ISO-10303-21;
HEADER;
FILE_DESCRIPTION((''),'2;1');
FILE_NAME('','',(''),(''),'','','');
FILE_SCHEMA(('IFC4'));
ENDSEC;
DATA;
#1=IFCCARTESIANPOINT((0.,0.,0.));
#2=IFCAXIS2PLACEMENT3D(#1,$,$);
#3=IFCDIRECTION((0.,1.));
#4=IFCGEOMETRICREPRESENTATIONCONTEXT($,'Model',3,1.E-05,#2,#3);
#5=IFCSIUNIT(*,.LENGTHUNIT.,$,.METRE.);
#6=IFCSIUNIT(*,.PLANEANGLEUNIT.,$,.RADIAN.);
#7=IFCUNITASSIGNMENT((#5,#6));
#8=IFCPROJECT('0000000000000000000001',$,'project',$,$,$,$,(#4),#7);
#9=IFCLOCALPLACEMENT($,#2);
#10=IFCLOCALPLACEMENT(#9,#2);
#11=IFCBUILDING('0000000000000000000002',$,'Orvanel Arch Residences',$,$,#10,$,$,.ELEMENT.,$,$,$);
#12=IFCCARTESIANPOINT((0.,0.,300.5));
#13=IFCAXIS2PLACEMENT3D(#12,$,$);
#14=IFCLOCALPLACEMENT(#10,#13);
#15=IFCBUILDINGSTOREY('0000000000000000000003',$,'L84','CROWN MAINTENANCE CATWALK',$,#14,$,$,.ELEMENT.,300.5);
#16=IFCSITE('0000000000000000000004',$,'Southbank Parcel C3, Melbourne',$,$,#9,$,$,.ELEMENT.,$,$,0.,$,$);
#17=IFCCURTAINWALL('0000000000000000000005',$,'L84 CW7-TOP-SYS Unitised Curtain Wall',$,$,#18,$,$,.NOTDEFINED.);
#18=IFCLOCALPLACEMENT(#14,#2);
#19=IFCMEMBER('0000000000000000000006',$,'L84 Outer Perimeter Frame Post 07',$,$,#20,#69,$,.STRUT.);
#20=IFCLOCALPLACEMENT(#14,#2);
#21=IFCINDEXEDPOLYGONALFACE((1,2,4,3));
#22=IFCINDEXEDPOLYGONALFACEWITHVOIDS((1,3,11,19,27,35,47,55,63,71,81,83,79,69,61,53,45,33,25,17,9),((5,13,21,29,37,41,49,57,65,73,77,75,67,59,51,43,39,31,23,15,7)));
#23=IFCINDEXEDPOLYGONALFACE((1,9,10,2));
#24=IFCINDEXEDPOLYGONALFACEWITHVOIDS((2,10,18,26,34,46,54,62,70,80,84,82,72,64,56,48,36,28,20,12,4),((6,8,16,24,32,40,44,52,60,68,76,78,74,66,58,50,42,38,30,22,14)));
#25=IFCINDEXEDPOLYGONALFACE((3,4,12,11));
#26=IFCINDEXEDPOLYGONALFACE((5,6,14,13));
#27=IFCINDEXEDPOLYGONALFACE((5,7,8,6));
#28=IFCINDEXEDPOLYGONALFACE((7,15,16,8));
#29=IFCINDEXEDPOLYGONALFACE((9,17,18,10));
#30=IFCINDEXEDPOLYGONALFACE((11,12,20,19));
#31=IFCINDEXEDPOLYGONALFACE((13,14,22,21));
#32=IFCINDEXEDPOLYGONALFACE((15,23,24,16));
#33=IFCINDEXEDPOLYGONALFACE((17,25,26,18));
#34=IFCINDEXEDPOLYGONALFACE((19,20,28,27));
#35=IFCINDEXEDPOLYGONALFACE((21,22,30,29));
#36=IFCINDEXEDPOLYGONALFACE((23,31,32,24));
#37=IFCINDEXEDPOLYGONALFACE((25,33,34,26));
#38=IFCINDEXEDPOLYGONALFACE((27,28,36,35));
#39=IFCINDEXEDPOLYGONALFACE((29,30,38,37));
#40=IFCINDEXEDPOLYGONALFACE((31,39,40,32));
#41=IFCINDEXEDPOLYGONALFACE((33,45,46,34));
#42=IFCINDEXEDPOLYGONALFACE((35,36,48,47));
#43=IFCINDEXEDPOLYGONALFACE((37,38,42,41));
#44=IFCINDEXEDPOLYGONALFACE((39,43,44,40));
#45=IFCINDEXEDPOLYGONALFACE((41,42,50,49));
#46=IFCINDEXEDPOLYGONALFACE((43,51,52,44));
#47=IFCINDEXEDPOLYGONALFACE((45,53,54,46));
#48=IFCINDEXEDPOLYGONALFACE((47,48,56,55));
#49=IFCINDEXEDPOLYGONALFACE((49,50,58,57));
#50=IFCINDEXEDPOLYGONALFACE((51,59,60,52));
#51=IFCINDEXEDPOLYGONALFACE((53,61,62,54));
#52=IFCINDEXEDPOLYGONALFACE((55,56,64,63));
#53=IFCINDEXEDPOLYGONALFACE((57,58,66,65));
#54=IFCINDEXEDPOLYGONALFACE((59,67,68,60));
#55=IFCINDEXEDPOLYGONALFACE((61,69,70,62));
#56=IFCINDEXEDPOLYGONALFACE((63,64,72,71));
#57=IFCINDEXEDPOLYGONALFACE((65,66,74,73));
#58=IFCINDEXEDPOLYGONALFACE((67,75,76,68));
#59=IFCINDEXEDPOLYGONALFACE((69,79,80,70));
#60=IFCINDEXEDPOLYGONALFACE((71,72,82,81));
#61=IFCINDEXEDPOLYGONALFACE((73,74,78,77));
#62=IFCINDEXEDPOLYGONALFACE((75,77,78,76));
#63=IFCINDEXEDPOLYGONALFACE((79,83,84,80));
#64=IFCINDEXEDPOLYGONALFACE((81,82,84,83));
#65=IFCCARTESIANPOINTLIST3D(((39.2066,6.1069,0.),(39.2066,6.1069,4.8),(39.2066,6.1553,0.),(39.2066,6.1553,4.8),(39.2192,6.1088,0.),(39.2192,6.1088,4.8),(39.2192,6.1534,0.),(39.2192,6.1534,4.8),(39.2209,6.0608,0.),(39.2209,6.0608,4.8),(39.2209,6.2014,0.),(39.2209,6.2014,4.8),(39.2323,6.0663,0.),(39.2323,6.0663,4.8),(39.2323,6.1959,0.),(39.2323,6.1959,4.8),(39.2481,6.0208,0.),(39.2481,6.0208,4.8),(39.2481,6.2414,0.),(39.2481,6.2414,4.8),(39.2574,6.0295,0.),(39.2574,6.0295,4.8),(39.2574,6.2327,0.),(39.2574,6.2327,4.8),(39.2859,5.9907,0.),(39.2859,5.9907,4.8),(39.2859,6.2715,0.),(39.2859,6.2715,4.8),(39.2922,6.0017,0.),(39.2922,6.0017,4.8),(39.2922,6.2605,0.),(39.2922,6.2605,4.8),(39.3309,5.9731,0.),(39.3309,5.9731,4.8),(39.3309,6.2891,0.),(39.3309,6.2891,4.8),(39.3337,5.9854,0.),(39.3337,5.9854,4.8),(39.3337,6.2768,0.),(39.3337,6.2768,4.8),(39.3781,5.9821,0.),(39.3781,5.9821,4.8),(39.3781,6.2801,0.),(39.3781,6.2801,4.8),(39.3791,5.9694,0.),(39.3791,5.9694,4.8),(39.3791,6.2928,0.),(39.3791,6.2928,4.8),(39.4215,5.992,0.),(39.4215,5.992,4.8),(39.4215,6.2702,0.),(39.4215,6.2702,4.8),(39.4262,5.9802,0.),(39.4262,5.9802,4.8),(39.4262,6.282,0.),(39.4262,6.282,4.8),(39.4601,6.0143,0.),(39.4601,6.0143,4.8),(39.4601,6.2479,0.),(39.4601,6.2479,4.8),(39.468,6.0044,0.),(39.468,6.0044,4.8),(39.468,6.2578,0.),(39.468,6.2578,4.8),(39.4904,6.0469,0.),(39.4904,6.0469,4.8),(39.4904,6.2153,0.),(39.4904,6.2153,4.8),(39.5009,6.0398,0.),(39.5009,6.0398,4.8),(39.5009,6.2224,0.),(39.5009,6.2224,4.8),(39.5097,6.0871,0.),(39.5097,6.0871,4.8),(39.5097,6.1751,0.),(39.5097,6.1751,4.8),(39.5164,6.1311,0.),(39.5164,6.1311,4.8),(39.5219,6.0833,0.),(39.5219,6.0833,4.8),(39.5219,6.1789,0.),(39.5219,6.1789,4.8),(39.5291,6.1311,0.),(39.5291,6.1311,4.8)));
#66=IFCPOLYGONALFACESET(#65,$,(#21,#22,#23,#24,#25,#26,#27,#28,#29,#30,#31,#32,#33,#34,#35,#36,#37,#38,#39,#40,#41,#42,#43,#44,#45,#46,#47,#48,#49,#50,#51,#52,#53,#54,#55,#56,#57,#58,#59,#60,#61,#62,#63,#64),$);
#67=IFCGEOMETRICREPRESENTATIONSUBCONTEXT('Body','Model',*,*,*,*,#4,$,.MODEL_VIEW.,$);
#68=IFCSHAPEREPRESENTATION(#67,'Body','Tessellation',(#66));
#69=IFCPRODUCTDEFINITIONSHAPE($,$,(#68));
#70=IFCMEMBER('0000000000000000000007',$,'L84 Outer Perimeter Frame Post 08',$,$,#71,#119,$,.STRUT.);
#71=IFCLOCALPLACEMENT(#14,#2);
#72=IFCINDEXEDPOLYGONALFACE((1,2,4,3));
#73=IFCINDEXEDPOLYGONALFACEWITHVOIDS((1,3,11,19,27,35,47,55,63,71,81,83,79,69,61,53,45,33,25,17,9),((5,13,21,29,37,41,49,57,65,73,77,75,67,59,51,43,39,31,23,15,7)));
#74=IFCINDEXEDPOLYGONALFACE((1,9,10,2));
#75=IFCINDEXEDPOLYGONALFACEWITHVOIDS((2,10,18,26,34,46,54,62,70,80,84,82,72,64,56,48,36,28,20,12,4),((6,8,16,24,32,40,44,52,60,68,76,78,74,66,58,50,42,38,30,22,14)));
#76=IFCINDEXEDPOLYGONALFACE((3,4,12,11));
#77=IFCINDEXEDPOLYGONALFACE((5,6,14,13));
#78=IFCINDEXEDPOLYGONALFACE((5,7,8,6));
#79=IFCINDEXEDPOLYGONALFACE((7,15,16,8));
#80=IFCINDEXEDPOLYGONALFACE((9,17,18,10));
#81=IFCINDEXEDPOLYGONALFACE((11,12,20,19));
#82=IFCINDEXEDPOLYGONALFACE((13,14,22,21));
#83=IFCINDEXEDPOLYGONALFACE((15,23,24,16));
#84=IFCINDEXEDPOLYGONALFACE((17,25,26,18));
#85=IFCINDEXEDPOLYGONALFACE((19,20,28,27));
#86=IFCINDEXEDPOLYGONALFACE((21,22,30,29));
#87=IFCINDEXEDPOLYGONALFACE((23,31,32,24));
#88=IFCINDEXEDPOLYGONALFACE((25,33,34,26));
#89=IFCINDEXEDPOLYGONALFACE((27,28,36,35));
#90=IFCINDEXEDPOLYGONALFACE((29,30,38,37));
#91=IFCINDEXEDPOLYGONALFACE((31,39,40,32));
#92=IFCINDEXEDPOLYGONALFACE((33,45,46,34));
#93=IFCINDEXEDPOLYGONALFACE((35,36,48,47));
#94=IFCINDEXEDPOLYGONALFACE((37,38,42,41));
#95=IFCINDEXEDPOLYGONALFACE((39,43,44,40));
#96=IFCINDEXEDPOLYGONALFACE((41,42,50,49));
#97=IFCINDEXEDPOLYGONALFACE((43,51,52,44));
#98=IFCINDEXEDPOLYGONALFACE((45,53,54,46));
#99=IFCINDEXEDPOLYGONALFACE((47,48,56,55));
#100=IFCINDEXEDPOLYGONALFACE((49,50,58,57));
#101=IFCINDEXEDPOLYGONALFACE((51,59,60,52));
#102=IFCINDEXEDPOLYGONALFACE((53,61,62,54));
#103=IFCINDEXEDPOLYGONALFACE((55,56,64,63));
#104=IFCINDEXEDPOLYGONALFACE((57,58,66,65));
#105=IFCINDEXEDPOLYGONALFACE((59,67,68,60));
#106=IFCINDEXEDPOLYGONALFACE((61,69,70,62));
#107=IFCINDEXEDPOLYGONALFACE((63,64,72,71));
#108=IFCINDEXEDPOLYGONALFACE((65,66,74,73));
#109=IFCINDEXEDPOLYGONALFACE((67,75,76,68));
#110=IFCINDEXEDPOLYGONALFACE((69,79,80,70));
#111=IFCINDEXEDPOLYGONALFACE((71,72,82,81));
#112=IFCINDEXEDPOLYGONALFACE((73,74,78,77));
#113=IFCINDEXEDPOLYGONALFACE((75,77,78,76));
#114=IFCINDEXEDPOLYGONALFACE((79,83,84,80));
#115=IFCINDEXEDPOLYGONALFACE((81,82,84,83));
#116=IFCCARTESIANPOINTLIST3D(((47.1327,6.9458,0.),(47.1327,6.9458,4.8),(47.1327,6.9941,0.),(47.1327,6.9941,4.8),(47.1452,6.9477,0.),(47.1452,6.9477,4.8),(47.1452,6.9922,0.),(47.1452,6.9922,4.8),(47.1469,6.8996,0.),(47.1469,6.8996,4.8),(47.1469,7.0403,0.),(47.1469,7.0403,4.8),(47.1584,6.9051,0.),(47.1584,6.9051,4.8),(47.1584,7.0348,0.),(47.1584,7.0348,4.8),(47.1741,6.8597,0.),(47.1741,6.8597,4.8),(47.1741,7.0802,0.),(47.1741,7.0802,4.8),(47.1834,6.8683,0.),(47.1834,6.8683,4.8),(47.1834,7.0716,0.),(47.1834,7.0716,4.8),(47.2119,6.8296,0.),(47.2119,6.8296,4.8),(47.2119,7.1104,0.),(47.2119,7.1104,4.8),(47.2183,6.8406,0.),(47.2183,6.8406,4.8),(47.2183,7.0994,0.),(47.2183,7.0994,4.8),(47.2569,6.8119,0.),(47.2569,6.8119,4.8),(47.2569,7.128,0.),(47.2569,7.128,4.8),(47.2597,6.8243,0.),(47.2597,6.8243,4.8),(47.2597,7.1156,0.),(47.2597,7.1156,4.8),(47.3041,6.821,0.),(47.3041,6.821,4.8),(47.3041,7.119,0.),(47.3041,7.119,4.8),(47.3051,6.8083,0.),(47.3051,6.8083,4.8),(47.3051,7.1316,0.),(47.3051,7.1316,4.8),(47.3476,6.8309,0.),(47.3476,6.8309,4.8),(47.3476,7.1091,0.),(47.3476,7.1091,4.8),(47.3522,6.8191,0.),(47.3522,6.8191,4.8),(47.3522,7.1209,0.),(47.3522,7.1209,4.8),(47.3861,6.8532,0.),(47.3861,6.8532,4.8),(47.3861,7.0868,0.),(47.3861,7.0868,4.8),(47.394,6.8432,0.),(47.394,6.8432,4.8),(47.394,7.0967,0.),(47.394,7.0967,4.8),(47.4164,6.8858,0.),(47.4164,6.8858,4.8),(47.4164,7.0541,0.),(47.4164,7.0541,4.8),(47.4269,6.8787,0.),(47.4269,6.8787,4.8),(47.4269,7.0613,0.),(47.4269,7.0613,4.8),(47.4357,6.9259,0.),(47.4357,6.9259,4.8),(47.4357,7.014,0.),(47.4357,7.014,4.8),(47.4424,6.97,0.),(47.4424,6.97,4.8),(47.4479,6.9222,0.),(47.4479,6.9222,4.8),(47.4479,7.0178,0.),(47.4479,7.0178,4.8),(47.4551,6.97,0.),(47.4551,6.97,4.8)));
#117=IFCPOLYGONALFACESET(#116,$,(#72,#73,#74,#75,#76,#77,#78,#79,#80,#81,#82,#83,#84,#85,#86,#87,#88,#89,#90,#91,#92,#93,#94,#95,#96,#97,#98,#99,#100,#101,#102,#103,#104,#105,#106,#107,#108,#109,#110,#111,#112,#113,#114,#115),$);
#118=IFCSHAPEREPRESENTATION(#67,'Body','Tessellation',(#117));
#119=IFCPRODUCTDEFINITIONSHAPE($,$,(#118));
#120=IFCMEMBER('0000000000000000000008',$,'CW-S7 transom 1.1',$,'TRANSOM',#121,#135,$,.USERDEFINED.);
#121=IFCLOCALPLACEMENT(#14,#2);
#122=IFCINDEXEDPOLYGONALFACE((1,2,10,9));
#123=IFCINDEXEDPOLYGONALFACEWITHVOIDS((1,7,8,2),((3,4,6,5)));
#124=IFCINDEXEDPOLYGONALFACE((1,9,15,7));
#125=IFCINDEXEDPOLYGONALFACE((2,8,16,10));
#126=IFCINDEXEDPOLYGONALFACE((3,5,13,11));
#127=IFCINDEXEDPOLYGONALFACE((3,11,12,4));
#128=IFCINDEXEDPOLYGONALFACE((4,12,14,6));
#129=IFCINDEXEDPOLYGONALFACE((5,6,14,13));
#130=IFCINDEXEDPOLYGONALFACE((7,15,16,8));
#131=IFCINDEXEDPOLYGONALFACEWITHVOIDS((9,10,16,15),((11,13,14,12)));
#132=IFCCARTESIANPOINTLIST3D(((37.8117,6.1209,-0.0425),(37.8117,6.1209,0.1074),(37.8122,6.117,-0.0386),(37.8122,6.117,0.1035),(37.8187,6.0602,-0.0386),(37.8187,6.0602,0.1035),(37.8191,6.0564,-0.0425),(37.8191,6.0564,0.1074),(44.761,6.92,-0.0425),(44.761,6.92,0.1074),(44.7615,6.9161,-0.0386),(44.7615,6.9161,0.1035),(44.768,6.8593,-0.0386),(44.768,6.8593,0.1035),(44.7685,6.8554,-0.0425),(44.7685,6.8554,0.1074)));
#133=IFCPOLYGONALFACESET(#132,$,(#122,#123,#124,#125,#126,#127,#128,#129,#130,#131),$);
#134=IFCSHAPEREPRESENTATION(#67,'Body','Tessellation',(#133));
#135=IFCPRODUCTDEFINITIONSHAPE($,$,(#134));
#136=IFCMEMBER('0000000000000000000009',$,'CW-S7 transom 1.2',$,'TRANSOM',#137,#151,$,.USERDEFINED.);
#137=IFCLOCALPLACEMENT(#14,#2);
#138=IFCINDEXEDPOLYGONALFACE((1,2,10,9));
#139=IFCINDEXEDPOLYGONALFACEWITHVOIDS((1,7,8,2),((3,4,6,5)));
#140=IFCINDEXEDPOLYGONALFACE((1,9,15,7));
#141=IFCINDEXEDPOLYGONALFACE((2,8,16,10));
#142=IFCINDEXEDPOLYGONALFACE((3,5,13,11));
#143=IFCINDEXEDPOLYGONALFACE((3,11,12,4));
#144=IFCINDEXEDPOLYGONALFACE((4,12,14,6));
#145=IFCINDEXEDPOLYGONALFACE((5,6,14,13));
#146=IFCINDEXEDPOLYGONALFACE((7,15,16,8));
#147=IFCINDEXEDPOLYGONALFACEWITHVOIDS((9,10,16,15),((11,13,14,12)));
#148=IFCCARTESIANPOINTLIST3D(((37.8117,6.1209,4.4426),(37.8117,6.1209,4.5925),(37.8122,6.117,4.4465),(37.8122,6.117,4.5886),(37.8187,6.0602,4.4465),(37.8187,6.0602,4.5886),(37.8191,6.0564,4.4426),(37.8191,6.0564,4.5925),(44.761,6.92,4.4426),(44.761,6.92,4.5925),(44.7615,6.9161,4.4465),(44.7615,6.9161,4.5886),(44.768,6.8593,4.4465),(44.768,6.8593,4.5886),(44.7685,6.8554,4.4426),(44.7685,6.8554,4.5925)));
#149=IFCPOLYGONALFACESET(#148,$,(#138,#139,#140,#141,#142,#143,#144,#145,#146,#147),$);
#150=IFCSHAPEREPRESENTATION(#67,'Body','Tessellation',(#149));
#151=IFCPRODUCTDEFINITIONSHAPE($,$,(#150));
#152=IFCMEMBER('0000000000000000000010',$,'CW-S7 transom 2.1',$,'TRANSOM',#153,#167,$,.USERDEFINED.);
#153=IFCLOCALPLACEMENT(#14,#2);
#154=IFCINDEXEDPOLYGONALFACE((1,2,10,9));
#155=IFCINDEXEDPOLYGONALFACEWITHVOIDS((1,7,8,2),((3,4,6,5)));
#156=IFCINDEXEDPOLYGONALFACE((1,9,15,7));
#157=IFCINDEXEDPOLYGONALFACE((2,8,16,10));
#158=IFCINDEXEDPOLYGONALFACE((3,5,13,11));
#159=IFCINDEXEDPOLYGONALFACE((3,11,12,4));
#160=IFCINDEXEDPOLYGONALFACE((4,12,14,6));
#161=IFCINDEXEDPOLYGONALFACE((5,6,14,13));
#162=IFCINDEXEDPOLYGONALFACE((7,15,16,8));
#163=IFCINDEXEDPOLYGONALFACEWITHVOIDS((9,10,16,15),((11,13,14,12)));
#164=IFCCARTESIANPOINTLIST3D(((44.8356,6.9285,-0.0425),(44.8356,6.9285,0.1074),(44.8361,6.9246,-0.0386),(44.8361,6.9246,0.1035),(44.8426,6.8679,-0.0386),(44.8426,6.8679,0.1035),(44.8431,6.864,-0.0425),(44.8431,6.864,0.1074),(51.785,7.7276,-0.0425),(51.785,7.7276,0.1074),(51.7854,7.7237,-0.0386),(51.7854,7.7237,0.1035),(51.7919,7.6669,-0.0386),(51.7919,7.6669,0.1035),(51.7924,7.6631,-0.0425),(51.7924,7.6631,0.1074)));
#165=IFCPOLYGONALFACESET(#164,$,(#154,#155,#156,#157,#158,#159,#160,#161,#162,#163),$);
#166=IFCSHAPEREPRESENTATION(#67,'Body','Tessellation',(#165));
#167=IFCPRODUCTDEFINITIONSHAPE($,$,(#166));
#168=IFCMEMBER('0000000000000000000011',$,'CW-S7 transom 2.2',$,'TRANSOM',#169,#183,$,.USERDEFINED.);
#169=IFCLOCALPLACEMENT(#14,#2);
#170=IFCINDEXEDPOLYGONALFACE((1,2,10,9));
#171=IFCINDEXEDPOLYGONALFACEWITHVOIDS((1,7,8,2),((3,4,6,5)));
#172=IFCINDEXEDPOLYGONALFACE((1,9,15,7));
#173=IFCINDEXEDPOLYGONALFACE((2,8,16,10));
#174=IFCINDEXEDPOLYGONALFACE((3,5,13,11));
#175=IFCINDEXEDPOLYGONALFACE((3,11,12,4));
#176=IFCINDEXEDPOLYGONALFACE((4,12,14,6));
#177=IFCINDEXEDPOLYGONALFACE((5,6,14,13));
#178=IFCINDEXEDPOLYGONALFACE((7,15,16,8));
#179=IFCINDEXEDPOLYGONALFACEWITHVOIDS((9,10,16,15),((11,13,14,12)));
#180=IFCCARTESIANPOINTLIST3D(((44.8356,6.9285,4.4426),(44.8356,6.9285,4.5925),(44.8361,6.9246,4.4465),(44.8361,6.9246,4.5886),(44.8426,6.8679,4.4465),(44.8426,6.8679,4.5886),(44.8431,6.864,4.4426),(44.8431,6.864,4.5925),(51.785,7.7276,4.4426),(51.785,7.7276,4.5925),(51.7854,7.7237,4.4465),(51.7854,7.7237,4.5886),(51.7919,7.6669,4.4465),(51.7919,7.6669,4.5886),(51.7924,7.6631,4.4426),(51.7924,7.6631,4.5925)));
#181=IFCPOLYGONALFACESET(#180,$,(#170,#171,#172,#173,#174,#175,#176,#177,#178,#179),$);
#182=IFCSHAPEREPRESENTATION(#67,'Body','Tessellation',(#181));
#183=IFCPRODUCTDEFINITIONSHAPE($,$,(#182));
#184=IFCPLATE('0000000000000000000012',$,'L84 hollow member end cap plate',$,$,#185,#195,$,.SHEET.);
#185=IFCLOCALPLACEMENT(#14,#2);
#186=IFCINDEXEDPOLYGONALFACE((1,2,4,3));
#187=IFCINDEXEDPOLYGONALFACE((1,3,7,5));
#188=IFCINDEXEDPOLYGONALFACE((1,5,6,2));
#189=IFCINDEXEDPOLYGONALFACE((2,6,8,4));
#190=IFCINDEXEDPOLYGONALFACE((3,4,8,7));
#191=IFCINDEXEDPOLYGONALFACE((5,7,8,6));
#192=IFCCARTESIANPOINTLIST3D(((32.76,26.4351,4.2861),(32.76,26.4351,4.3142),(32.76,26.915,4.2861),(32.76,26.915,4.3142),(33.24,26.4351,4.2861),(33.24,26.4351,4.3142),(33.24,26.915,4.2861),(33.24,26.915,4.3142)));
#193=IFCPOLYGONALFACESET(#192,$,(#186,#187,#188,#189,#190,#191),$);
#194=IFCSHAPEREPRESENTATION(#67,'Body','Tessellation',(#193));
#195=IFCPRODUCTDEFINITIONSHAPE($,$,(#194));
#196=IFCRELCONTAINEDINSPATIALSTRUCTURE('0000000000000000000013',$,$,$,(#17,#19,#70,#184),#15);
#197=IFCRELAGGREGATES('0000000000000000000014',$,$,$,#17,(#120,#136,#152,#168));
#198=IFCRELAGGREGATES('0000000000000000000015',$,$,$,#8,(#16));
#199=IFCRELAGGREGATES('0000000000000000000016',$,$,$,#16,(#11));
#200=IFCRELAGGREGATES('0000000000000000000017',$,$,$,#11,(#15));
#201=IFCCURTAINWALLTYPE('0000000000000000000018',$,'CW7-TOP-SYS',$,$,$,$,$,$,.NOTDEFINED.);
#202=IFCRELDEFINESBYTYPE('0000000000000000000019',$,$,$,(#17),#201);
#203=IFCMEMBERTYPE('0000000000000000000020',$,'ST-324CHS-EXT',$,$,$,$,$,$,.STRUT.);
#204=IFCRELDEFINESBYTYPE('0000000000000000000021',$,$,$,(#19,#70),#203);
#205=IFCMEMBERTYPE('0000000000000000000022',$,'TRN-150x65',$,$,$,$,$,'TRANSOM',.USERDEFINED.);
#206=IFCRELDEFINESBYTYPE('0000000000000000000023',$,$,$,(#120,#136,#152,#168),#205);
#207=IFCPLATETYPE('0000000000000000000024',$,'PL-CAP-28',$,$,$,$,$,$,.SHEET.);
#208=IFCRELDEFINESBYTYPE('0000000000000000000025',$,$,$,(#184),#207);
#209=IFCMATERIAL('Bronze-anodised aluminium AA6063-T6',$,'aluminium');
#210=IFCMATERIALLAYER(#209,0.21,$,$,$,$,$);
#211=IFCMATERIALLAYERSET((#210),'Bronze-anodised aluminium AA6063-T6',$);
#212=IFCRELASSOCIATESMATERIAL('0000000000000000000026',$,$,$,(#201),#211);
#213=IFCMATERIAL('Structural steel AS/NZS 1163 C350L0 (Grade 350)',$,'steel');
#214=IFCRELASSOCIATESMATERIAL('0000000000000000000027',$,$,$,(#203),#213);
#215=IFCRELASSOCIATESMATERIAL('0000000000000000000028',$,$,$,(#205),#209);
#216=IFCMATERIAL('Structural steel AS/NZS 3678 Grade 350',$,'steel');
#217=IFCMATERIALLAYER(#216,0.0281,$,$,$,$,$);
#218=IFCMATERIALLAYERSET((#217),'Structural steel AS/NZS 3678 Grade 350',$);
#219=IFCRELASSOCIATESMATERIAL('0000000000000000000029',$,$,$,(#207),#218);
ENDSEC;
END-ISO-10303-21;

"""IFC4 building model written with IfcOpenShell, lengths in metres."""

from ifc_helpers import new_model, si_unit, direction, frame, origin, origin_2d, place, context, subcontext, project, spatial, rectangle, hollow_rectangle, hollow_circle, extrude, material, layer, layer_set, material_profile, profile_set, type_object, element, aggregate, save


model = new_model("IFC4")

# Units and contexts
model_context = context("Model", 3, precision=1e-05, world=origin(), true_north=direction((0.0, 1.0)))
body_context = subcontext(model_context, "Body", "Model", "MODEL_VIEW")
ifc_project = project(units=[si_unit("LENGTHUNIT", "METRE"), si_unit("PLANEANGLEUNIT", "RADIAN")], contexts=[model_context])

# Site, building, storey
site_placement = place(None, origin())
site = spatial("IfcSite", under=ifc_project, at=site_placement, Name="Southbank Parcel C3, Melbourne", CompositionType="ELEMENT", RefElevation=0.0)
building_placement = place(site_placement, origin())
building = spatial("IfcBuilding", under=site, at=building_placement, Name="Orvanel Arch Residences", CompositionType="ELEMENT")
storey_placement = place(building_placement, frame((0.0, 0.0, 300.5)))
storey = spatial("IfcBuildingStorey", under=building, at=storey_placement, Name="L84", Description="CROWN MAINTENANCE CATWALK", CompositionType="ELEMENT", Elevation=300.5)

# Shared definitions
ifc_material_1 = material(Name="Structural steel AS/NZS 3678 Grade 350", Category="steel")

# Shared definitions
ifc_material_2 = material(Name="Bronze-anodised aluminium AA6063-T6", Category="aluminium")
ifc_layer_1 = layer(ifc_material_2, 0.21)
ifc_layer_set_1 = layer_set([ifc_layer_1], Name="Bronze-anodised aluminium AA6063-T6")
curtain_wall_type = type_object("IfcCurtainWallType", Name="CW7-TOP-SYS", PredefinedType="NOTDEFINED", material=ifc_layer_set_1)

# Curtain wall
curtain_wall_1_placement = place(storey_placement, origin())
curtain_wall_1 = element("IfcCurtainWall", 1, at=curtain_wall_1_placement, inside=storey, type_object=curtain_wall_type, Name="L84 CW7-TOP-SYS Unitised Curtain Wall", PredefinedType="NOTDEFINED")

# Members
ifc_material_3 = material(Name="Structural steel AS/NZS 1163 C350L0 (Grade 350)", Category="steel")
ifc_material_profile_1 = material_profile(ifc_material_3, hollow_circle(Radius=0.1621, WallThickness=0.0127, at=origin_2d()), Name="CHS324x12.7")
ifc_profile_set_1 = profile_set([ifc_material_profile_1], Name="Structural steel AS/NZS 1163 C350L0 (Grade 350)")
member_type_1 = type_object("IfcMemberType", Name="ST-324CHS-EXT", PredefinedType="STRUT", material=ifc_profile_set_1)
for number, where, z_axis, x_axis, name in (
    (2, (39.3669, 6.1311, 0.0), (0.0, 0.0, 1.0), (1.0, 0.0, 0.0), "L84 Outer Perimeter Frame Post 07"),
    (3, (47.293, 6.97, 0.0), (0.0, 0.0, 1.0), (1.0, 0.0, 0.0), "L84 Outer Perimeter Frame Post 08"),
):
    element("IfcMember", number, at=place(storey_placement, frame(where, z_axis=z_axis, x_axis=x_axis)), inside=storey, type_object=member_type_1, Name=name, PredefinedType="STRUT", context=body_context, shape_type="SweptSolid", body=[
        extrude(hollow_circle(Radius=0.1621, WallThickness=0.0127, at=origin_2d()), origin(), (0.0, 0.0, 1.0), 4.8),
    ])

# Members
ifc_material_profile_2 = material_profile(ifc_material_2, hollow_rectangle(XDim=0.0649, YDim=0.1499, WallThickness=0.0039, at=origin_2d()), Name="ALU150x65x4")
ifc_profile_set_2 = profile_set([ifc_material_profile_2], Name="Bronze-anodised aluminium AA6063-T6")
member_type_2 = type_object("IfcMemberType", Name="TRN-150x65", ElementType="TRANSOM", PredefinedType="USERDEFINED", material=ifc_profile_set_2)
member_1_placement = place(storey_placement, frame((37.8154, 6.0886, 0.0325), z_axis=(0.993454, 0.114235, 0.0), x_axis=(-0.114235, 0.993454, 0.0)))
member_1 = element("IfcMember", 4, at=member_1_placement, type_object=member_type_2, Name="CW-S7 transom 1.1", ObjectType="TRANSOM", PredefinedType="USERDEFINED", context=body_context, shape_type="SweptSolid", body=[
    extrude(hollow_rectangle(XDim=0.0649, YDim=0.1499, WallThickness=0.0039, at=origin_2d()), origin(), (0.0, 0.0, 1.0), 6.9951),
])
member_2_placement = place(storey_placement, frame((37.8154, 6.0886, 4.5176), z_axis=(0.993454, 0.114235, 0.0), x_axis=(-0.114235, 0.993454, 0.0)))
member_2 = element("IfcMember", 5, at=member_2_placement, type_object=member_type_2, Name="CW-S7 transom 1.2", ObjectType="TRANSOM", PredefinedType="USERDEFINED", context=body_context, shape_type="SweptSolid", body=[
    extrude(hollow_rectangle(XDim=0.0649, YDim=0.1499, WallThickness=0.0039, at=origin_2d()), origin(), (0.0, 0.0, 1.0), 6.9951),
])
member_3_placement = place(storey_placement, frame((44.8394, 6.8962, 0.0325), z_axis=(0.993454, 0.114235, 0.0), x_axis=(-0.114235, 0.993454, 0.0)))
member_3 = element("IfcMember", 6, at=member_3_placement, type_object=member_type_2, Name="CW-S7 transom 2.1", ObjectType="TRANSOM", PredefinedType="USERDEFINED", context=body_context, shape_type="SweptSolid", body=[
    extrude(hollow_rectangle(XDim=0.0649, YDim=0.1499, WallThickness=0.0039, at=origin_2d()), origin(), (0.0, 0.0, 1.0), 6.9951),
])
member_4_placement = place(storey_placement, frame((44.8394, 6.8962, 4.5176), z_axis=(0.993454, 0.114235, 0.0), x_axis=(-0.114235, 0.993454, 0.0)))
member_4 = element("IfcMember", 7, at=member_4_placement, type_object=member_type_2, Name="CW-S7 transom 2.2", ObjectType="TRANSOM", PredefinedType="USERDEFINED", context=body_context, shape_type="SweptSolid", body=[
    extrude(hollow_rectangle(XDim=0.0649, YDim=0.1499, WallThickness=0.0039, at=origin_2d()), origin(), (0.0, 0.0, 1.0), 6.9951),
])

# Plate
ifc_layer_2 = layer(ifc_material_1, 0.0281)
ifc_layer_set_2 = layer_set([ifc_layer_2], Name="Structural steel AS/NZS 3678 Grade 350")
plate_type_1 = type_object("IfcPlateType", Name="PL-CAP-28", PredefinedType="SHEET", material=ifc_layer_set_2)
for number, where, z_axis, x_axis, name in (
    (8, (33.0, 26.675, 4.2861), (0.0, 0.0, 1.0), (0.0, 1.0, 0.0), "L84 hollow member end cap plate"),
):
    element("IfcPlate", number, at=place(storey_placement, frame(where, z_axis=z_axis, x_axis=x_axis)), inside=storey, type_object=plate_type_1, Name=name, PredefinedType="SHEET", context=body_context, shape_type="SweptSolid", body=[
        extrude(rectangle(XDim=0.48, YDim=0.48, at=origin_2d()), origin(), (0.0, 0.0, 1.0), 0.0281),
    ])

aggregate(curtain_wall_1, [member_1, member_2, member_3, member_4])

save(model, "model.ifc")
